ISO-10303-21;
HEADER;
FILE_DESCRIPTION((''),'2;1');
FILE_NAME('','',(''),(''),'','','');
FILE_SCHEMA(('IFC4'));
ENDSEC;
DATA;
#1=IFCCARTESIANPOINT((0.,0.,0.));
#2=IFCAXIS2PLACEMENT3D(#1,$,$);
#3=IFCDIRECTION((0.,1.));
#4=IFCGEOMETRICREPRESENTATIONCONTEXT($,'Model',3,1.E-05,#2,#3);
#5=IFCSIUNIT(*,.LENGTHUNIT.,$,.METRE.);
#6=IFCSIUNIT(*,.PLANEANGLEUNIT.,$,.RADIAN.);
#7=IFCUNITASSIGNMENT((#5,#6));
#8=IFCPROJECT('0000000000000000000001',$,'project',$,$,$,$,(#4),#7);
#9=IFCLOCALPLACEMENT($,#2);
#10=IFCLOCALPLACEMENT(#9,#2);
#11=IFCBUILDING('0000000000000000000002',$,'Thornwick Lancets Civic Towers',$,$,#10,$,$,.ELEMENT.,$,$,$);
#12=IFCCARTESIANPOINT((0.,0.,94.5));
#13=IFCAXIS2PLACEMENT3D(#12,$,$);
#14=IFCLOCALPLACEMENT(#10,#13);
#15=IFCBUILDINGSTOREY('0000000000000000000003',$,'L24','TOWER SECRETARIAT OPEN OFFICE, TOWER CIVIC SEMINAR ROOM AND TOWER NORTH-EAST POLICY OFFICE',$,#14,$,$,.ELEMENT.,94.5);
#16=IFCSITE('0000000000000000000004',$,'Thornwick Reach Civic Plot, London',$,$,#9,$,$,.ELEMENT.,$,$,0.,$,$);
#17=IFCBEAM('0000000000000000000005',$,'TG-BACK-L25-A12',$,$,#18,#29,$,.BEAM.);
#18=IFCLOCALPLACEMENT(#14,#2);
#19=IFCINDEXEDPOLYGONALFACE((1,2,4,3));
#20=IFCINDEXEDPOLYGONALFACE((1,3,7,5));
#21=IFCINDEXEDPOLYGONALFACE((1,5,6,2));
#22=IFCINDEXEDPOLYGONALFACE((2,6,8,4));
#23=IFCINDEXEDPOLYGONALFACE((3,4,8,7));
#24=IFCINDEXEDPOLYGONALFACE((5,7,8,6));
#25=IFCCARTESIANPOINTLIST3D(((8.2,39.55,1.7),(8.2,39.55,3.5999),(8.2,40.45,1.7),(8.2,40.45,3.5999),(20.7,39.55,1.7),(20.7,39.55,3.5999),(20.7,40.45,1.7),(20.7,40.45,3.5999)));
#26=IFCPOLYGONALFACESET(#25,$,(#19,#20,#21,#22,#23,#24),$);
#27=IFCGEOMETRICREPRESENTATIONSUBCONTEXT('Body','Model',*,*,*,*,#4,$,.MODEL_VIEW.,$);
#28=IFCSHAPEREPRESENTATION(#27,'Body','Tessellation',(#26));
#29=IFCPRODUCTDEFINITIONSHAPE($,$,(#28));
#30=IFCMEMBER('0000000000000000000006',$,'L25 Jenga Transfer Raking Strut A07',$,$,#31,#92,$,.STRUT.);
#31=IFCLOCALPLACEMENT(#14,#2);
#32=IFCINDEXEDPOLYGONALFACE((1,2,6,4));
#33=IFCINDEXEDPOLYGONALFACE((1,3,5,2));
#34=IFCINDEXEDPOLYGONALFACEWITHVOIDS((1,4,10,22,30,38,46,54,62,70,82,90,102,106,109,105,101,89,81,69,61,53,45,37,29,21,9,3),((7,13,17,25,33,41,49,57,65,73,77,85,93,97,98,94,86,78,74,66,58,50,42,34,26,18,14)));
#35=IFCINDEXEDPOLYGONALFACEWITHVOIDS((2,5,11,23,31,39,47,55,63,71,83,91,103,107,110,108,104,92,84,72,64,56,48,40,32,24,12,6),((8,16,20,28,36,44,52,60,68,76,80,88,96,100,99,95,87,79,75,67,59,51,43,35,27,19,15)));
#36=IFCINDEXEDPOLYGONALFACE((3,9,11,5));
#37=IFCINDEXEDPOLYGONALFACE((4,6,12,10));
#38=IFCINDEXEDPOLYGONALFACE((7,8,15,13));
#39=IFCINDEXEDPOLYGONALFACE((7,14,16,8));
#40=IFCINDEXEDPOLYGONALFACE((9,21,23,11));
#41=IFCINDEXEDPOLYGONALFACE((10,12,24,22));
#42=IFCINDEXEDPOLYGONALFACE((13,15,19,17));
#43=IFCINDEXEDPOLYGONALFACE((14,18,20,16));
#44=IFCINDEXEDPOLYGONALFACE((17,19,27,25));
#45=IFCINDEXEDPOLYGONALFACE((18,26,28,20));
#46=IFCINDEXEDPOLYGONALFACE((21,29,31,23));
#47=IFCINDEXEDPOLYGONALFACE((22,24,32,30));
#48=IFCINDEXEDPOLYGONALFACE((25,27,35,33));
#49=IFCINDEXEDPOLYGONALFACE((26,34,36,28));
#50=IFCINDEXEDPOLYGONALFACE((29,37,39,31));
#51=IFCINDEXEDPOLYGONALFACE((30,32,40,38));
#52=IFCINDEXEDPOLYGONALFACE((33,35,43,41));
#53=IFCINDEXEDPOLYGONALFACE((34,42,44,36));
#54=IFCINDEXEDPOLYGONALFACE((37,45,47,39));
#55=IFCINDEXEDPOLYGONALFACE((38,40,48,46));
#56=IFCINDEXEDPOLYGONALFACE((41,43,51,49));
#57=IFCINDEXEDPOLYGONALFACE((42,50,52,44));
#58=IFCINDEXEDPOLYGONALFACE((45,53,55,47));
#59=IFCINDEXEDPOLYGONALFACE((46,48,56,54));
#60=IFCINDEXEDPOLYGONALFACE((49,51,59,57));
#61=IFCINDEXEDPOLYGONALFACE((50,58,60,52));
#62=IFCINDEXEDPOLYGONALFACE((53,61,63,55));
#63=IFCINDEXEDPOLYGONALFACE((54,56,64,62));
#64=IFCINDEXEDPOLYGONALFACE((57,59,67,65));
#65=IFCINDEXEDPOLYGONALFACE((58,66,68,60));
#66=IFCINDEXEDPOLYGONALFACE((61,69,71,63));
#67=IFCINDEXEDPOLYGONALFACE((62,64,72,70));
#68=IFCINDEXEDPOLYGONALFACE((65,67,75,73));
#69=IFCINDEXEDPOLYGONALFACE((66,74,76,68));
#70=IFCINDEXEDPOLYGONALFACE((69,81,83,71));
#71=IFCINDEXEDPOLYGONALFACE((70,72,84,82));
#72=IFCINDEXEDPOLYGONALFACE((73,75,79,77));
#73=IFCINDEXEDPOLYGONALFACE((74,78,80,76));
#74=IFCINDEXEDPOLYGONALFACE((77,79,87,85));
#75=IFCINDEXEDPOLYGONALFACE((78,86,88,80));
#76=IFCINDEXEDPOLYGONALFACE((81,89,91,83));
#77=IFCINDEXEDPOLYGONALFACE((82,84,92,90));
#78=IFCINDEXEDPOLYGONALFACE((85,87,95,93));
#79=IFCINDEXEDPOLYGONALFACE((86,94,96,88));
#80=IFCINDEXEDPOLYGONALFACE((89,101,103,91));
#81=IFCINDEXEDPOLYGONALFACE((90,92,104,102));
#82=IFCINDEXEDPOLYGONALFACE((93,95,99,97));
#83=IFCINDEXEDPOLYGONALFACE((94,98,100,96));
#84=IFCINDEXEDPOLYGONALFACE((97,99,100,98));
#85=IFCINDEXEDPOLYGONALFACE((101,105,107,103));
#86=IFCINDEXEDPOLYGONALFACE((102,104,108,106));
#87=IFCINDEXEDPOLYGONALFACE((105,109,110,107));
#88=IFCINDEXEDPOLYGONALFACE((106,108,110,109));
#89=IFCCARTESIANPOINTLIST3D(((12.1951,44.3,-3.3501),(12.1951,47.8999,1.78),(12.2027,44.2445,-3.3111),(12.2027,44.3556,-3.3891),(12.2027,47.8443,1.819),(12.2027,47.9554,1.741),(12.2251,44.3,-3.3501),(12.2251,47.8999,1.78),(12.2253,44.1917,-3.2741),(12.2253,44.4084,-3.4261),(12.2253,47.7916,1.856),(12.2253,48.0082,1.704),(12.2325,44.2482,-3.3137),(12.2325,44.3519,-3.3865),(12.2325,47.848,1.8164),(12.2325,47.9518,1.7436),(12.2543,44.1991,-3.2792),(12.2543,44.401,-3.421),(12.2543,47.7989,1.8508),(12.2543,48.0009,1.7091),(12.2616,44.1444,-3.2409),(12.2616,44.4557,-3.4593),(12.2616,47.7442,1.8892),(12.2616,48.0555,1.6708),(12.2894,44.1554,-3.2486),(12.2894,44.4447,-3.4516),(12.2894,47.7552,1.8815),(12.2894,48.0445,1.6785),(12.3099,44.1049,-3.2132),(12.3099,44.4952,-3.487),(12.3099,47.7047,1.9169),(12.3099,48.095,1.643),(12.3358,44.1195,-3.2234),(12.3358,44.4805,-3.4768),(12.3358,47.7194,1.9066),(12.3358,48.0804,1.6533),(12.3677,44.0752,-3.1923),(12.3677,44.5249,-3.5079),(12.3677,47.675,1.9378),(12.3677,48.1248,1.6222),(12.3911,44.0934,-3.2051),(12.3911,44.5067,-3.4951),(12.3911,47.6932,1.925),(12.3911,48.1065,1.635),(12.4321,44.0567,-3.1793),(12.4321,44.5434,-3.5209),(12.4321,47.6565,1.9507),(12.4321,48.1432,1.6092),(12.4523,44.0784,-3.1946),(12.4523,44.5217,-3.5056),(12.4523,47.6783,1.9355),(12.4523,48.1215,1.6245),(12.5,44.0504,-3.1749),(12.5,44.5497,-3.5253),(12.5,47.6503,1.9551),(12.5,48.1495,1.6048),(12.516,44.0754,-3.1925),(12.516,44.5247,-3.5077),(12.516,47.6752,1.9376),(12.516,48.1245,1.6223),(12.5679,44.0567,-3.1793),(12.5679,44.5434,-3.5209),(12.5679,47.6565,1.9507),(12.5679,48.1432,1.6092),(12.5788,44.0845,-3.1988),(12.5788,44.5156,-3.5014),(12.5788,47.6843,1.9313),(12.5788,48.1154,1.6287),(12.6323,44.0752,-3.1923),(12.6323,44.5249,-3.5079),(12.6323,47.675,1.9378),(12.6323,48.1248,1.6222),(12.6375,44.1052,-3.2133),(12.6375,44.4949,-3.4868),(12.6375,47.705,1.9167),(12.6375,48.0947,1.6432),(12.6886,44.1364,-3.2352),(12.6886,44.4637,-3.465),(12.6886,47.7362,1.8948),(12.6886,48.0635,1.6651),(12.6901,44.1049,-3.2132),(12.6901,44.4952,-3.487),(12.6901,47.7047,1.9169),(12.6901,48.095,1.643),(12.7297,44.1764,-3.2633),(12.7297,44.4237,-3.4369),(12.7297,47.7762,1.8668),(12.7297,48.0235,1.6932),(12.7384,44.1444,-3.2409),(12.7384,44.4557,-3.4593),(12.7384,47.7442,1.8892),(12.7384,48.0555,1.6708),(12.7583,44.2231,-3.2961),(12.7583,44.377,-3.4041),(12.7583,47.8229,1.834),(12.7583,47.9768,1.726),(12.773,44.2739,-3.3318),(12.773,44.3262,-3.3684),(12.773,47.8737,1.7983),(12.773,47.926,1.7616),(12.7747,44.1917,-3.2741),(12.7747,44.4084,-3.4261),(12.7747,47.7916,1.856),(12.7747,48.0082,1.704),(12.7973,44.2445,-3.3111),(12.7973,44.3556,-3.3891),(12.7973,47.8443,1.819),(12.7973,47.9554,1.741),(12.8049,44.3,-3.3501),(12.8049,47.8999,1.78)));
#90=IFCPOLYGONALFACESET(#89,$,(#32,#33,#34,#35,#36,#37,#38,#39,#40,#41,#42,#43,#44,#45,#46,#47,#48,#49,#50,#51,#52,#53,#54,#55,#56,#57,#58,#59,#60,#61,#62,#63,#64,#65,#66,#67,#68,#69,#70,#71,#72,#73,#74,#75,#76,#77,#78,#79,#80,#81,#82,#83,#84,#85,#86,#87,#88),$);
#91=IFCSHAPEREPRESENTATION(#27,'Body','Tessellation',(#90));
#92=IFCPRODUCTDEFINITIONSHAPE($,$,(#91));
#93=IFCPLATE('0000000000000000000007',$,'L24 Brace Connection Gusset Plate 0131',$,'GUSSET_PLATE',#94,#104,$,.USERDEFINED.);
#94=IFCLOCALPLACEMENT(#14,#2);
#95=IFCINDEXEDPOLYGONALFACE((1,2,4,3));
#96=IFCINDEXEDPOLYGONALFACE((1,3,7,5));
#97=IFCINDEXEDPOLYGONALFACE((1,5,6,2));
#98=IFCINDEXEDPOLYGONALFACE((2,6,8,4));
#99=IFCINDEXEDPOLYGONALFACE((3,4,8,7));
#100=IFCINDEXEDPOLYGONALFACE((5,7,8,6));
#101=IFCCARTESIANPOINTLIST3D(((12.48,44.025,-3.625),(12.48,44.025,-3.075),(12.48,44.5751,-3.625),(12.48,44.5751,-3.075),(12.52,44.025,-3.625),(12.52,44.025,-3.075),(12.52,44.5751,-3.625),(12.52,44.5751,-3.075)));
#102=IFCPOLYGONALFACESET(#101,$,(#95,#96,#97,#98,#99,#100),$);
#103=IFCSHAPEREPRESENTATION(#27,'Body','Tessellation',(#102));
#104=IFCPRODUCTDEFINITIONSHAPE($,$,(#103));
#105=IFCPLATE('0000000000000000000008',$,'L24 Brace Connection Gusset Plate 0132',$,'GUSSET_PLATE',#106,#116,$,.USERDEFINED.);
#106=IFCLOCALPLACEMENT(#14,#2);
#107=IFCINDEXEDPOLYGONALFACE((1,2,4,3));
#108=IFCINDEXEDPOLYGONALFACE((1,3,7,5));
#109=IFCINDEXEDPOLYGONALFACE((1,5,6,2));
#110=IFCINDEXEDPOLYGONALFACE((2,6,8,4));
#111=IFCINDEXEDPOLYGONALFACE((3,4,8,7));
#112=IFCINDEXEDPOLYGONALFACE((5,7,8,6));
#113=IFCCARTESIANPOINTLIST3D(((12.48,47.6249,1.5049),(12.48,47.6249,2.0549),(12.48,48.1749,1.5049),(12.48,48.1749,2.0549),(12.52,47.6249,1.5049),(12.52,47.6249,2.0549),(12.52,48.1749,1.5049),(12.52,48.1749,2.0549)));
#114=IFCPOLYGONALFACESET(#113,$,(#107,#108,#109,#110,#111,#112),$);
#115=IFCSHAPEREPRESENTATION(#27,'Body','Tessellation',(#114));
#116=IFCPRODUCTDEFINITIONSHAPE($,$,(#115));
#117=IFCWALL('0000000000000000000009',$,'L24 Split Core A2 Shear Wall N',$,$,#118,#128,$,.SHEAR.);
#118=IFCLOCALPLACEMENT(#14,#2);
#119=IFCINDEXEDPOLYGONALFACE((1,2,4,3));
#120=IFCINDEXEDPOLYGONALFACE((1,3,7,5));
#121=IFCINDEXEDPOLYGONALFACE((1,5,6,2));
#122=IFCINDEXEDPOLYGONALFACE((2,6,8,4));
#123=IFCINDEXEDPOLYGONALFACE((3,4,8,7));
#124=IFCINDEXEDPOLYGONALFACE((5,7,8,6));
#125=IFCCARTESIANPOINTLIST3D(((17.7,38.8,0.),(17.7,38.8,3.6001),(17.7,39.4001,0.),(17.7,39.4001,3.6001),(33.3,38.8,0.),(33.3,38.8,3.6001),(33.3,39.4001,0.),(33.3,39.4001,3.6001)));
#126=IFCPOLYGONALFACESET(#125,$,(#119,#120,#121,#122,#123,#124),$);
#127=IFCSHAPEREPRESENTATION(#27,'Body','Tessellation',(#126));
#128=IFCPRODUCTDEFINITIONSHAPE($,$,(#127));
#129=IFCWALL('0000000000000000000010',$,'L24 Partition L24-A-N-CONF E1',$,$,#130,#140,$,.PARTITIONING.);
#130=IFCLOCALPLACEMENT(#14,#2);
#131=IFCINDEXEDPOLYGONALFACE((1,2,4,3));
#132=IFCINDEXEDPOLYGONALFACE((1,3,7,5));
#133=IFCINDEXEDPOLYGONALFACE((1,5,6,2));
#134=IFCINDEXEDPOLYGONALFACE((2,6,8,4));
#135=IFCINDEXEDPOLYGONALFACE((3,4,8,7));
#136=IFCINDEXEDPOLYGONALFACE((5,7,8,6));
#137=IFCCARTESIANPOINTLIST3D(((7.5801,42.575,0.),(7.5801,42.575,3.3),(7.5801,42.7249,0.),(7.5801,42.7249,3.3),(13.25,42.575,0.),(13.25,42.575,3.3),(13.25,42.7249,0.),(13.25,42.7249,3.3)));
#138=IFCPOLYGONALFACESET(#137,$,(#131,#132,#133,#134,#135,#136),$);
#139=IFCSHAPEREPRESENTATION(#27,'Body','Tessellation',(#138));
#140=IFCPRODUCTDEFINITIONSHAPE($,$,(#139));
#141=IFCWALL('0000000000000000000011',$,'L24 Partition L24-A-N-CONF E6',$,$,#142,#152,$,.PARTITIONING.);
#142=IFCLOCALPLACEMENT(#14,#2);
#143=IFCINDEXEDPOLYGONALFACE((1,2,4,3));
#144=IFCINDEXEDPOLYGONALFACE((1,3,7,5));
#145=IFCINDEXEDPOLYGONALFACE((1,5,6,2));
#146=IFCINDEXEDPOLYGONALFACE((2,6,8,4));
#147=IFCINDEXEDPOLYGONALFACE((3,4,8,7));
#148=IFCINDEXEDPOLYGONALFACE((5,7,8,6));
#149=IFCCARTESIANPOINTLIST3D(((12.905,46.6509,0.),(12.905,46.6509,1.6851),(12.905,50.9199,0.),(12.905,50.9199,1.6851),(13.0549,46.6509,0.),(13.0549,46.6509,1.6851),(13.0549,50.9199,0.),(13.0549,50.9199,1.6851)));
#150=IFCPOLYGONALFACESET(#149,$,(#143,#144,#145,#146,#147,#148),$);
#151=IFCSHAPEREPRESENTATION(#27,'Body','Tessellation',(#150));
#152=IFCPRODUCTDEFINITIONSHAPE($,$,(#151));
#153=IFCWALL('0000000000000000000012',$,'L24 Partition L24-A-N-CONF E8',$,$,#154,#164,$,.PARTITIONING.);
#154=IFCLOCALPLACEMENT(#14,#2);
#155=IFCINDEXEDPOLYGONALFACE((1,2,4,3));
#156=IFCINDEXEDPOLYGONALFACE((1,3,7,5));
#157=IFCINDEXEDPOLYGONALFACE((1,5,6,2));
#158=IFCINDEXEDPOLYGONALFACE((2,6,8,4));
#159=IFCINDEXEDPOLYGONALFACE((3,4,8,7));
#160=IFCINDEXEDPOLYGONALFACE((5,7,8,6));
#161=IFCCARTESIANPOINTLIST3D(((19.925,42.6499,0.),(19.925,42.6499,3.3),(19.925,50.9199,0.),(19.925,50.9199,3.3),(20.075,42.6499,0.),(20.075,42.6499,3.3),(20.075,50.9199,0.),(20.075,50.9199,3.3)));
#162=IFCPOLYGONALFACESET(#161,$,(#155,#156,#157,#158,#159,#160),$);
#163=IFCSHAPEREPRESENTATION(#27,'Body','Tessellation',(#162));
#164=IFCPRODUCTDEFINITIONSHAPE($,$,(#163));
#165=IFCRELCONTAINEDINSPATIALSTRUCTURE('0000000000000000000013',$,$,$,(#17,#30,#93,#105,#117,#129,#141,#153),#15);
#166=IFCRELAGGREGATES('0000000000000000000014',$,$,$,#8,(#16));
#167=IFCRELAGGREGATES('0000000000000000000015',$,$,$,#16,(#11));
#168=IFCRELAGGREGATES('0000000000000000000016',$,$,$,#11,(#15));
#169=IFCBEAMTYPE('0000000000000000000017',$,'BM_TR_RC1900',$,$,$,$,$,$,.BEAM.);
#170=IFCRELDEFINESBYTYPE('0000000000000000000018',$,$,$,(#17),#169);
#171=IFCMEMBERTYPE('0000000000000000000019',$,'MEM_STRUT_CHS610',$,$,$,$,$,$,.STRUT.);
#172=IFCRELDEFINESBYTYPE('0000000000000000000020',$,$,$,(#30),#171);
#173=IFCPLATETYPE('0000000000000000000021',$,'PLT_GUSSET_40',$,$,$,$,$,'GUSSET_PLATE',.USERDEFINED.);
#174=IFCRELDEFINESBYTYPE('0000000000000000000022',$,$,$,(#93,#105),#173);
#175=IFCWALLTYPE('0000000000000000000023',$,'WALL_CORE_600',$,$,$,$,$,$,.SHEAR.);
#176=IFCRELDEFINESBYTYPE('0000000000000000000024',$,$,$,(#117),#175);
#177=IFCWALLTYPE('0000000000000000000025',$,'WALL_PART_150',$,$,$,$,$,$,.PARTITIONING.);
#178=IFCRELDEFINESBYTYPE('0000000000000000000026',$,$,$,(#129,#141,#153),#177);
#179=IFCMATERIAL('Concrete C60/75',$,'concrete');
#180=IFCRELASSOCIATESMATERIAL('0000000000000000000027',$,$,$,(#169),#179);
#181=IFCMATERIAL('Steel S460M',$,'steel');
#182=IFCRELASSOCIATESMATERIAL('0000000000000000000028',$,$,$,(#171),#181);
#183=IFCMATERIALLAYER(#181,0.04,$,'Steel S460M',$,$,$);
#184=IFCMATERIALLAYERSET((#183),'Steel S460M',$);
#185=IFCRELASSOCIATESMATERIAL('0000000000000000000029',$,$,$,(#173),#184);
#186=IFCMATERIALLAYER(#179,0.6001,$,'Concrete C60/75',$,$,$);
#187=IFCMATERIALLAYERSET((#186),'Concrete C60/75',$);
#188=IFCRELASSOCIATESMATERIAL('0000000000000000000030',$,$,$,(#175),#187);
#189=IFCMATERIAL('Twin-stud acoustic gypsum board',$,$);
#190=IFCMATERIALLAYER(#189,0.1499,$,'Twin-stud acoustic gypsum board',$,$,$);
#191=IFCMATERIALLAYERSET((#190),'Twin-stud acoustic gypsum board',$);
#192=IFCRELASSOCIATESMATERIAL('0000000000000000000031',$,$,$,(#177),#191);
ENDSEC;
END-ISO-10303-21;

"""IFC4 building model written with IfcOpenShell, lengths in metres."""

from ifc_helpers import new_model, si_unit, direction, frame, frame_2d, origin, origin_2d, place, context, subcontext, project, spatial, rectangle, hollow_circle, extrude, material, layer, layer_set, material_profile, profile_set, type_object, element, save


model = new_model("IFC4")

# Units and contexts
model_context = context("Model", 3, precision=1e-05, world=origin(), true_north=direction((0.0, 1.0)))
body_context = subcontext(model_context, "Body", "Model", "MODEL_VIEW")
ifc_project = project(units=[si_unit("LENGTHUNIT", "METRE"), si_unit("PLANEANGLEUNIT", "RADIAN")], contexts=[model_context])

# Site, building, storey
site_placement = place(None, origin())
site = spatial("IfcSite", under=ifc_project, at=site_placement, Name="Thornwick Reach Civic Plot, London", CompositionType="ELEMENT", RefElevation=0.0)
building_placement = place(site_placement, origin())
building = spatial("IfcBuilding", under=site, at=building_placement, Name="Thornwick Lancets Civic Towers", CompositionType="ELEMENT")
storey_placement = place(building_placement, frame((0.0, 0.0, 94.5)))
storey = spatial("IfcBuildingStorey", under=building, at=storey_placement, Name="L24", Description="TOWER SECRETARIAT OPEN OFFICE, TOWER CIVIC SEMINAR ROOM AND TOWER NORTH-EAST POLICY OFFICE", CompositionType="ELEMENT", Elevation=94.5)

# Shared definitions
ifc_material_1 = material(Name="Concrete C60/75", Category="concrete")
ifc_material_2 = material(Name="Steel S460M", Category="steel")

# Beam
ifc_material_profile_1 = material_profile(ifc_material_1, rectangle(XDim=0.8999, YDim=1.8999, at=origin_2d()), Name="RC 900x1900")
ifc_profile_set_1 = profile_set([ifc_material_profile_1], Name="Concrete C60/75")
beam_type_1 = type_object("IfcBeamType", Name="BM_TR_RC1900", PredefinedType="BEAM", material=ifc_profile_set_1)
beam_1_placement = place(storey_placement, frame((20.7, 40.0, 2.6499), z_axis=(-1.0, 0.0, 0.0), x_axis=(0.0, -1.0, 0.0)))
element("IfcBeam", 1, at=beam_1_placement, inside=storey, type_object=beam_type_1, Name="TG-BACK-L25-A12", PredefinedType="BEAM", context=body_context, shape_type="SweptSolid", body=[
    extrude(rectangle(XDim=0.8999, YDim=1.8999, at=origin_2d()), origin(), (0.0, 0.0, 1.0), 12.5),
])

# Member
ifc_material_profile_2 = material_profile(ifc_material_2, hollow_circle(Radius=0.3049, WallThickness=0.03, at=origin_2d()), Name="CHS 610x30")
ifc_profile_set_2 = profile_set([ifc_material_profile_2], Name="Steel S460M")
member_type = type_object("IfcMemberType", Name="MEM_STRUT_CHS610", PredefinedType="STRUT", material=ifc_profile_set_2)
member_placement = place(storey_placement, frame((12.5, 44.3, -3.3501), z_axis=(0.0, 0.574401, 0.818574), x_axis=(-1.0, 0.0, 0.0)))
element("IfcMember", 2, at=member_placement, inside=storey, type_object=member_type, Name="L25 Jenga Transfer Raking Strut A07", PredefinedType="STRUT", context=body_context, shape_type="SweptSolid", body=[
    extrude(hollow_circle(Radius=0.3049, WallThickness=0.03, at=origin_2d()), origin(), (0.0, 0.0, 1.0), 6.2671),
])

# Plates
ifc_layer_1 = layer(ifc_material_2, 0.04, Name="Steel S460M")
ifc_layer_set_1 = layer_set([ifc_layer_1], Name="Steel S460M")
plate_type = type_object("IfcPlateType", Name="PLT_GUSSET_40", ElementType="GUSSET_PLATE", PredefinedType="USERDEFINED", material=ifc_layer_set_1)
for number, where, z_axis, x_axis, name in (
    (3, (12.5, 44.3, -3.625), (0.0, 0.0, 1.0), (0.0, 1.0, 0.0), "L24 Brace Connection Gusset Plate 0131"),
    (4, (12.5, 47.8999, 1.5049), (0.0, 0.0, 1.0), (0.0, 1.0, 0.0), "L24 Brace Connection Gusset Plate 0132"),
):
    element("IfcPlate", number, at=place(storey_placement, frame(where, z_axis=z_axis, x_axis=x_axis)), inside=storey, type_object=plate_type, Name=name, ObjectType="GUSSET_PLATE", PredefinedType="USERDEFINED", context=body_context, shape_type="SweptSolid", body=[
        extrude(rectangle(XDim=0.55, YDim=0.04, at=origin_2d()), origin(), (0.0, 0.0, 1.0), 0.55),
    ])

# Walls
ifc_layer_2 = layer(ifc_material_1, 0.6001, Name="Concrete C60/75")
ifc_layer_set_2 = layer_set([ifc_layer_2], Name="Concrete C60/75")
wall_type_1 = type_object("IfcWallType", Name="WALL_CORE_600", PredefinedType="SHEAR", material=ifc_layer_set_2)
wall_1_placement = place(storey_placement, frame((17.7, 39.1001, 0.0), z_axis=(0.0, 0.0, 1.0), x_axis=(1.0, 0.0, 0.0)))
element("IfcWall", 5, at=wall_1_placement, inside=storey, type_object=wall_type_1, Name="L24 Split Core A2 Shear Wall N", PredefinedType="SHEAR", context=body_context, shape_type="SweptSolid", body=[
    extrude(rectangle(XDim=15.6001, YDim=0.6001, at=frame_2d((7.8, 0.0))), origin(), (0.0, 0.0, 1.0), 3.6001),
])
ifc_material_3 = material(Name="Twin-stud acoustic gypsum board")
ifc_layer_3 = layer(ifc_material_3, 0.1499, Name="Twin-stud acoustic gypsum board")
ifc_layer_set_3 = layer_set([ifc_layer_3], Name="Twin-stud acoustic gypsum board")
wall_type_2 = type_object("IfcWallType", Name="WALL_PART_150", PredefinedType="PARTITIONING", material=ifc_layer_set_3)
wall_2_placement = place(storey_placement, frame((13.25, 42.6499, 0.0), z_axis=(0.0, 0.0, 1.0), x_axis=(-1.0, 0.0, 0.0)))
element("IfcWall", 6, at=wall_2_placement, inside=storey, type_object=wall_type_2, Name="L24 Partition L24-A-N-CONF E1", PredefinedType="PARTITIONING", context=body_context, shape_type="SweptSolid", body=[
    extrude(rectangle(XDim=5.6699, YDim=0.1499, at=frame_2d((2.835, 0.0))), origin(), (0.0, 0.0, 1.0), 3.3),
])
wall_3_placement = place(storey_placement, frame((12.98, 46.6509, 0.0), z_axis=(0.0, 0.0, 1.0), x_axis=(0.0, 1.0, 0.0)))
element("IfcWall", 7, at=wall_3_placement, inside=storey, type_object=wall_type_2, Name="L24 Partition L24-A-N-CONF E6", PredefinedType="PARTITIONING", context=body_context, shape_type="SweptSolid", body=[
    extrude(rectangle(XDim=4.269, YDim=0.1499, at=frame_2d((2.1345, 0.0))), origin(), (0.0, 0.0, 1.0), 1.6851),
])
wall_4_placement = place(storey_placement, frame((20.0, 50.9199, 0.0), z_axis=(0.0, 0.0, 1.0), x_axis=(0.0, -1.0, 0.0)))
element("IfcWall", 8, at=wall_4_placement, inside=storey, type_object=wall_type_2, Name="L24 Partition L24-A-N-CONF E8", PredefinedType="PARTITIONING", context=body_context, shape_type="SweptSolid", body=[
    extrude(rectangle(XDim=8.27, YDim=0.1499, at=frame_2d((4.135, 0.0))), origin(), (0.0, 0.0, 1.0), 3.3),
])

save(model, "model.ifc")
